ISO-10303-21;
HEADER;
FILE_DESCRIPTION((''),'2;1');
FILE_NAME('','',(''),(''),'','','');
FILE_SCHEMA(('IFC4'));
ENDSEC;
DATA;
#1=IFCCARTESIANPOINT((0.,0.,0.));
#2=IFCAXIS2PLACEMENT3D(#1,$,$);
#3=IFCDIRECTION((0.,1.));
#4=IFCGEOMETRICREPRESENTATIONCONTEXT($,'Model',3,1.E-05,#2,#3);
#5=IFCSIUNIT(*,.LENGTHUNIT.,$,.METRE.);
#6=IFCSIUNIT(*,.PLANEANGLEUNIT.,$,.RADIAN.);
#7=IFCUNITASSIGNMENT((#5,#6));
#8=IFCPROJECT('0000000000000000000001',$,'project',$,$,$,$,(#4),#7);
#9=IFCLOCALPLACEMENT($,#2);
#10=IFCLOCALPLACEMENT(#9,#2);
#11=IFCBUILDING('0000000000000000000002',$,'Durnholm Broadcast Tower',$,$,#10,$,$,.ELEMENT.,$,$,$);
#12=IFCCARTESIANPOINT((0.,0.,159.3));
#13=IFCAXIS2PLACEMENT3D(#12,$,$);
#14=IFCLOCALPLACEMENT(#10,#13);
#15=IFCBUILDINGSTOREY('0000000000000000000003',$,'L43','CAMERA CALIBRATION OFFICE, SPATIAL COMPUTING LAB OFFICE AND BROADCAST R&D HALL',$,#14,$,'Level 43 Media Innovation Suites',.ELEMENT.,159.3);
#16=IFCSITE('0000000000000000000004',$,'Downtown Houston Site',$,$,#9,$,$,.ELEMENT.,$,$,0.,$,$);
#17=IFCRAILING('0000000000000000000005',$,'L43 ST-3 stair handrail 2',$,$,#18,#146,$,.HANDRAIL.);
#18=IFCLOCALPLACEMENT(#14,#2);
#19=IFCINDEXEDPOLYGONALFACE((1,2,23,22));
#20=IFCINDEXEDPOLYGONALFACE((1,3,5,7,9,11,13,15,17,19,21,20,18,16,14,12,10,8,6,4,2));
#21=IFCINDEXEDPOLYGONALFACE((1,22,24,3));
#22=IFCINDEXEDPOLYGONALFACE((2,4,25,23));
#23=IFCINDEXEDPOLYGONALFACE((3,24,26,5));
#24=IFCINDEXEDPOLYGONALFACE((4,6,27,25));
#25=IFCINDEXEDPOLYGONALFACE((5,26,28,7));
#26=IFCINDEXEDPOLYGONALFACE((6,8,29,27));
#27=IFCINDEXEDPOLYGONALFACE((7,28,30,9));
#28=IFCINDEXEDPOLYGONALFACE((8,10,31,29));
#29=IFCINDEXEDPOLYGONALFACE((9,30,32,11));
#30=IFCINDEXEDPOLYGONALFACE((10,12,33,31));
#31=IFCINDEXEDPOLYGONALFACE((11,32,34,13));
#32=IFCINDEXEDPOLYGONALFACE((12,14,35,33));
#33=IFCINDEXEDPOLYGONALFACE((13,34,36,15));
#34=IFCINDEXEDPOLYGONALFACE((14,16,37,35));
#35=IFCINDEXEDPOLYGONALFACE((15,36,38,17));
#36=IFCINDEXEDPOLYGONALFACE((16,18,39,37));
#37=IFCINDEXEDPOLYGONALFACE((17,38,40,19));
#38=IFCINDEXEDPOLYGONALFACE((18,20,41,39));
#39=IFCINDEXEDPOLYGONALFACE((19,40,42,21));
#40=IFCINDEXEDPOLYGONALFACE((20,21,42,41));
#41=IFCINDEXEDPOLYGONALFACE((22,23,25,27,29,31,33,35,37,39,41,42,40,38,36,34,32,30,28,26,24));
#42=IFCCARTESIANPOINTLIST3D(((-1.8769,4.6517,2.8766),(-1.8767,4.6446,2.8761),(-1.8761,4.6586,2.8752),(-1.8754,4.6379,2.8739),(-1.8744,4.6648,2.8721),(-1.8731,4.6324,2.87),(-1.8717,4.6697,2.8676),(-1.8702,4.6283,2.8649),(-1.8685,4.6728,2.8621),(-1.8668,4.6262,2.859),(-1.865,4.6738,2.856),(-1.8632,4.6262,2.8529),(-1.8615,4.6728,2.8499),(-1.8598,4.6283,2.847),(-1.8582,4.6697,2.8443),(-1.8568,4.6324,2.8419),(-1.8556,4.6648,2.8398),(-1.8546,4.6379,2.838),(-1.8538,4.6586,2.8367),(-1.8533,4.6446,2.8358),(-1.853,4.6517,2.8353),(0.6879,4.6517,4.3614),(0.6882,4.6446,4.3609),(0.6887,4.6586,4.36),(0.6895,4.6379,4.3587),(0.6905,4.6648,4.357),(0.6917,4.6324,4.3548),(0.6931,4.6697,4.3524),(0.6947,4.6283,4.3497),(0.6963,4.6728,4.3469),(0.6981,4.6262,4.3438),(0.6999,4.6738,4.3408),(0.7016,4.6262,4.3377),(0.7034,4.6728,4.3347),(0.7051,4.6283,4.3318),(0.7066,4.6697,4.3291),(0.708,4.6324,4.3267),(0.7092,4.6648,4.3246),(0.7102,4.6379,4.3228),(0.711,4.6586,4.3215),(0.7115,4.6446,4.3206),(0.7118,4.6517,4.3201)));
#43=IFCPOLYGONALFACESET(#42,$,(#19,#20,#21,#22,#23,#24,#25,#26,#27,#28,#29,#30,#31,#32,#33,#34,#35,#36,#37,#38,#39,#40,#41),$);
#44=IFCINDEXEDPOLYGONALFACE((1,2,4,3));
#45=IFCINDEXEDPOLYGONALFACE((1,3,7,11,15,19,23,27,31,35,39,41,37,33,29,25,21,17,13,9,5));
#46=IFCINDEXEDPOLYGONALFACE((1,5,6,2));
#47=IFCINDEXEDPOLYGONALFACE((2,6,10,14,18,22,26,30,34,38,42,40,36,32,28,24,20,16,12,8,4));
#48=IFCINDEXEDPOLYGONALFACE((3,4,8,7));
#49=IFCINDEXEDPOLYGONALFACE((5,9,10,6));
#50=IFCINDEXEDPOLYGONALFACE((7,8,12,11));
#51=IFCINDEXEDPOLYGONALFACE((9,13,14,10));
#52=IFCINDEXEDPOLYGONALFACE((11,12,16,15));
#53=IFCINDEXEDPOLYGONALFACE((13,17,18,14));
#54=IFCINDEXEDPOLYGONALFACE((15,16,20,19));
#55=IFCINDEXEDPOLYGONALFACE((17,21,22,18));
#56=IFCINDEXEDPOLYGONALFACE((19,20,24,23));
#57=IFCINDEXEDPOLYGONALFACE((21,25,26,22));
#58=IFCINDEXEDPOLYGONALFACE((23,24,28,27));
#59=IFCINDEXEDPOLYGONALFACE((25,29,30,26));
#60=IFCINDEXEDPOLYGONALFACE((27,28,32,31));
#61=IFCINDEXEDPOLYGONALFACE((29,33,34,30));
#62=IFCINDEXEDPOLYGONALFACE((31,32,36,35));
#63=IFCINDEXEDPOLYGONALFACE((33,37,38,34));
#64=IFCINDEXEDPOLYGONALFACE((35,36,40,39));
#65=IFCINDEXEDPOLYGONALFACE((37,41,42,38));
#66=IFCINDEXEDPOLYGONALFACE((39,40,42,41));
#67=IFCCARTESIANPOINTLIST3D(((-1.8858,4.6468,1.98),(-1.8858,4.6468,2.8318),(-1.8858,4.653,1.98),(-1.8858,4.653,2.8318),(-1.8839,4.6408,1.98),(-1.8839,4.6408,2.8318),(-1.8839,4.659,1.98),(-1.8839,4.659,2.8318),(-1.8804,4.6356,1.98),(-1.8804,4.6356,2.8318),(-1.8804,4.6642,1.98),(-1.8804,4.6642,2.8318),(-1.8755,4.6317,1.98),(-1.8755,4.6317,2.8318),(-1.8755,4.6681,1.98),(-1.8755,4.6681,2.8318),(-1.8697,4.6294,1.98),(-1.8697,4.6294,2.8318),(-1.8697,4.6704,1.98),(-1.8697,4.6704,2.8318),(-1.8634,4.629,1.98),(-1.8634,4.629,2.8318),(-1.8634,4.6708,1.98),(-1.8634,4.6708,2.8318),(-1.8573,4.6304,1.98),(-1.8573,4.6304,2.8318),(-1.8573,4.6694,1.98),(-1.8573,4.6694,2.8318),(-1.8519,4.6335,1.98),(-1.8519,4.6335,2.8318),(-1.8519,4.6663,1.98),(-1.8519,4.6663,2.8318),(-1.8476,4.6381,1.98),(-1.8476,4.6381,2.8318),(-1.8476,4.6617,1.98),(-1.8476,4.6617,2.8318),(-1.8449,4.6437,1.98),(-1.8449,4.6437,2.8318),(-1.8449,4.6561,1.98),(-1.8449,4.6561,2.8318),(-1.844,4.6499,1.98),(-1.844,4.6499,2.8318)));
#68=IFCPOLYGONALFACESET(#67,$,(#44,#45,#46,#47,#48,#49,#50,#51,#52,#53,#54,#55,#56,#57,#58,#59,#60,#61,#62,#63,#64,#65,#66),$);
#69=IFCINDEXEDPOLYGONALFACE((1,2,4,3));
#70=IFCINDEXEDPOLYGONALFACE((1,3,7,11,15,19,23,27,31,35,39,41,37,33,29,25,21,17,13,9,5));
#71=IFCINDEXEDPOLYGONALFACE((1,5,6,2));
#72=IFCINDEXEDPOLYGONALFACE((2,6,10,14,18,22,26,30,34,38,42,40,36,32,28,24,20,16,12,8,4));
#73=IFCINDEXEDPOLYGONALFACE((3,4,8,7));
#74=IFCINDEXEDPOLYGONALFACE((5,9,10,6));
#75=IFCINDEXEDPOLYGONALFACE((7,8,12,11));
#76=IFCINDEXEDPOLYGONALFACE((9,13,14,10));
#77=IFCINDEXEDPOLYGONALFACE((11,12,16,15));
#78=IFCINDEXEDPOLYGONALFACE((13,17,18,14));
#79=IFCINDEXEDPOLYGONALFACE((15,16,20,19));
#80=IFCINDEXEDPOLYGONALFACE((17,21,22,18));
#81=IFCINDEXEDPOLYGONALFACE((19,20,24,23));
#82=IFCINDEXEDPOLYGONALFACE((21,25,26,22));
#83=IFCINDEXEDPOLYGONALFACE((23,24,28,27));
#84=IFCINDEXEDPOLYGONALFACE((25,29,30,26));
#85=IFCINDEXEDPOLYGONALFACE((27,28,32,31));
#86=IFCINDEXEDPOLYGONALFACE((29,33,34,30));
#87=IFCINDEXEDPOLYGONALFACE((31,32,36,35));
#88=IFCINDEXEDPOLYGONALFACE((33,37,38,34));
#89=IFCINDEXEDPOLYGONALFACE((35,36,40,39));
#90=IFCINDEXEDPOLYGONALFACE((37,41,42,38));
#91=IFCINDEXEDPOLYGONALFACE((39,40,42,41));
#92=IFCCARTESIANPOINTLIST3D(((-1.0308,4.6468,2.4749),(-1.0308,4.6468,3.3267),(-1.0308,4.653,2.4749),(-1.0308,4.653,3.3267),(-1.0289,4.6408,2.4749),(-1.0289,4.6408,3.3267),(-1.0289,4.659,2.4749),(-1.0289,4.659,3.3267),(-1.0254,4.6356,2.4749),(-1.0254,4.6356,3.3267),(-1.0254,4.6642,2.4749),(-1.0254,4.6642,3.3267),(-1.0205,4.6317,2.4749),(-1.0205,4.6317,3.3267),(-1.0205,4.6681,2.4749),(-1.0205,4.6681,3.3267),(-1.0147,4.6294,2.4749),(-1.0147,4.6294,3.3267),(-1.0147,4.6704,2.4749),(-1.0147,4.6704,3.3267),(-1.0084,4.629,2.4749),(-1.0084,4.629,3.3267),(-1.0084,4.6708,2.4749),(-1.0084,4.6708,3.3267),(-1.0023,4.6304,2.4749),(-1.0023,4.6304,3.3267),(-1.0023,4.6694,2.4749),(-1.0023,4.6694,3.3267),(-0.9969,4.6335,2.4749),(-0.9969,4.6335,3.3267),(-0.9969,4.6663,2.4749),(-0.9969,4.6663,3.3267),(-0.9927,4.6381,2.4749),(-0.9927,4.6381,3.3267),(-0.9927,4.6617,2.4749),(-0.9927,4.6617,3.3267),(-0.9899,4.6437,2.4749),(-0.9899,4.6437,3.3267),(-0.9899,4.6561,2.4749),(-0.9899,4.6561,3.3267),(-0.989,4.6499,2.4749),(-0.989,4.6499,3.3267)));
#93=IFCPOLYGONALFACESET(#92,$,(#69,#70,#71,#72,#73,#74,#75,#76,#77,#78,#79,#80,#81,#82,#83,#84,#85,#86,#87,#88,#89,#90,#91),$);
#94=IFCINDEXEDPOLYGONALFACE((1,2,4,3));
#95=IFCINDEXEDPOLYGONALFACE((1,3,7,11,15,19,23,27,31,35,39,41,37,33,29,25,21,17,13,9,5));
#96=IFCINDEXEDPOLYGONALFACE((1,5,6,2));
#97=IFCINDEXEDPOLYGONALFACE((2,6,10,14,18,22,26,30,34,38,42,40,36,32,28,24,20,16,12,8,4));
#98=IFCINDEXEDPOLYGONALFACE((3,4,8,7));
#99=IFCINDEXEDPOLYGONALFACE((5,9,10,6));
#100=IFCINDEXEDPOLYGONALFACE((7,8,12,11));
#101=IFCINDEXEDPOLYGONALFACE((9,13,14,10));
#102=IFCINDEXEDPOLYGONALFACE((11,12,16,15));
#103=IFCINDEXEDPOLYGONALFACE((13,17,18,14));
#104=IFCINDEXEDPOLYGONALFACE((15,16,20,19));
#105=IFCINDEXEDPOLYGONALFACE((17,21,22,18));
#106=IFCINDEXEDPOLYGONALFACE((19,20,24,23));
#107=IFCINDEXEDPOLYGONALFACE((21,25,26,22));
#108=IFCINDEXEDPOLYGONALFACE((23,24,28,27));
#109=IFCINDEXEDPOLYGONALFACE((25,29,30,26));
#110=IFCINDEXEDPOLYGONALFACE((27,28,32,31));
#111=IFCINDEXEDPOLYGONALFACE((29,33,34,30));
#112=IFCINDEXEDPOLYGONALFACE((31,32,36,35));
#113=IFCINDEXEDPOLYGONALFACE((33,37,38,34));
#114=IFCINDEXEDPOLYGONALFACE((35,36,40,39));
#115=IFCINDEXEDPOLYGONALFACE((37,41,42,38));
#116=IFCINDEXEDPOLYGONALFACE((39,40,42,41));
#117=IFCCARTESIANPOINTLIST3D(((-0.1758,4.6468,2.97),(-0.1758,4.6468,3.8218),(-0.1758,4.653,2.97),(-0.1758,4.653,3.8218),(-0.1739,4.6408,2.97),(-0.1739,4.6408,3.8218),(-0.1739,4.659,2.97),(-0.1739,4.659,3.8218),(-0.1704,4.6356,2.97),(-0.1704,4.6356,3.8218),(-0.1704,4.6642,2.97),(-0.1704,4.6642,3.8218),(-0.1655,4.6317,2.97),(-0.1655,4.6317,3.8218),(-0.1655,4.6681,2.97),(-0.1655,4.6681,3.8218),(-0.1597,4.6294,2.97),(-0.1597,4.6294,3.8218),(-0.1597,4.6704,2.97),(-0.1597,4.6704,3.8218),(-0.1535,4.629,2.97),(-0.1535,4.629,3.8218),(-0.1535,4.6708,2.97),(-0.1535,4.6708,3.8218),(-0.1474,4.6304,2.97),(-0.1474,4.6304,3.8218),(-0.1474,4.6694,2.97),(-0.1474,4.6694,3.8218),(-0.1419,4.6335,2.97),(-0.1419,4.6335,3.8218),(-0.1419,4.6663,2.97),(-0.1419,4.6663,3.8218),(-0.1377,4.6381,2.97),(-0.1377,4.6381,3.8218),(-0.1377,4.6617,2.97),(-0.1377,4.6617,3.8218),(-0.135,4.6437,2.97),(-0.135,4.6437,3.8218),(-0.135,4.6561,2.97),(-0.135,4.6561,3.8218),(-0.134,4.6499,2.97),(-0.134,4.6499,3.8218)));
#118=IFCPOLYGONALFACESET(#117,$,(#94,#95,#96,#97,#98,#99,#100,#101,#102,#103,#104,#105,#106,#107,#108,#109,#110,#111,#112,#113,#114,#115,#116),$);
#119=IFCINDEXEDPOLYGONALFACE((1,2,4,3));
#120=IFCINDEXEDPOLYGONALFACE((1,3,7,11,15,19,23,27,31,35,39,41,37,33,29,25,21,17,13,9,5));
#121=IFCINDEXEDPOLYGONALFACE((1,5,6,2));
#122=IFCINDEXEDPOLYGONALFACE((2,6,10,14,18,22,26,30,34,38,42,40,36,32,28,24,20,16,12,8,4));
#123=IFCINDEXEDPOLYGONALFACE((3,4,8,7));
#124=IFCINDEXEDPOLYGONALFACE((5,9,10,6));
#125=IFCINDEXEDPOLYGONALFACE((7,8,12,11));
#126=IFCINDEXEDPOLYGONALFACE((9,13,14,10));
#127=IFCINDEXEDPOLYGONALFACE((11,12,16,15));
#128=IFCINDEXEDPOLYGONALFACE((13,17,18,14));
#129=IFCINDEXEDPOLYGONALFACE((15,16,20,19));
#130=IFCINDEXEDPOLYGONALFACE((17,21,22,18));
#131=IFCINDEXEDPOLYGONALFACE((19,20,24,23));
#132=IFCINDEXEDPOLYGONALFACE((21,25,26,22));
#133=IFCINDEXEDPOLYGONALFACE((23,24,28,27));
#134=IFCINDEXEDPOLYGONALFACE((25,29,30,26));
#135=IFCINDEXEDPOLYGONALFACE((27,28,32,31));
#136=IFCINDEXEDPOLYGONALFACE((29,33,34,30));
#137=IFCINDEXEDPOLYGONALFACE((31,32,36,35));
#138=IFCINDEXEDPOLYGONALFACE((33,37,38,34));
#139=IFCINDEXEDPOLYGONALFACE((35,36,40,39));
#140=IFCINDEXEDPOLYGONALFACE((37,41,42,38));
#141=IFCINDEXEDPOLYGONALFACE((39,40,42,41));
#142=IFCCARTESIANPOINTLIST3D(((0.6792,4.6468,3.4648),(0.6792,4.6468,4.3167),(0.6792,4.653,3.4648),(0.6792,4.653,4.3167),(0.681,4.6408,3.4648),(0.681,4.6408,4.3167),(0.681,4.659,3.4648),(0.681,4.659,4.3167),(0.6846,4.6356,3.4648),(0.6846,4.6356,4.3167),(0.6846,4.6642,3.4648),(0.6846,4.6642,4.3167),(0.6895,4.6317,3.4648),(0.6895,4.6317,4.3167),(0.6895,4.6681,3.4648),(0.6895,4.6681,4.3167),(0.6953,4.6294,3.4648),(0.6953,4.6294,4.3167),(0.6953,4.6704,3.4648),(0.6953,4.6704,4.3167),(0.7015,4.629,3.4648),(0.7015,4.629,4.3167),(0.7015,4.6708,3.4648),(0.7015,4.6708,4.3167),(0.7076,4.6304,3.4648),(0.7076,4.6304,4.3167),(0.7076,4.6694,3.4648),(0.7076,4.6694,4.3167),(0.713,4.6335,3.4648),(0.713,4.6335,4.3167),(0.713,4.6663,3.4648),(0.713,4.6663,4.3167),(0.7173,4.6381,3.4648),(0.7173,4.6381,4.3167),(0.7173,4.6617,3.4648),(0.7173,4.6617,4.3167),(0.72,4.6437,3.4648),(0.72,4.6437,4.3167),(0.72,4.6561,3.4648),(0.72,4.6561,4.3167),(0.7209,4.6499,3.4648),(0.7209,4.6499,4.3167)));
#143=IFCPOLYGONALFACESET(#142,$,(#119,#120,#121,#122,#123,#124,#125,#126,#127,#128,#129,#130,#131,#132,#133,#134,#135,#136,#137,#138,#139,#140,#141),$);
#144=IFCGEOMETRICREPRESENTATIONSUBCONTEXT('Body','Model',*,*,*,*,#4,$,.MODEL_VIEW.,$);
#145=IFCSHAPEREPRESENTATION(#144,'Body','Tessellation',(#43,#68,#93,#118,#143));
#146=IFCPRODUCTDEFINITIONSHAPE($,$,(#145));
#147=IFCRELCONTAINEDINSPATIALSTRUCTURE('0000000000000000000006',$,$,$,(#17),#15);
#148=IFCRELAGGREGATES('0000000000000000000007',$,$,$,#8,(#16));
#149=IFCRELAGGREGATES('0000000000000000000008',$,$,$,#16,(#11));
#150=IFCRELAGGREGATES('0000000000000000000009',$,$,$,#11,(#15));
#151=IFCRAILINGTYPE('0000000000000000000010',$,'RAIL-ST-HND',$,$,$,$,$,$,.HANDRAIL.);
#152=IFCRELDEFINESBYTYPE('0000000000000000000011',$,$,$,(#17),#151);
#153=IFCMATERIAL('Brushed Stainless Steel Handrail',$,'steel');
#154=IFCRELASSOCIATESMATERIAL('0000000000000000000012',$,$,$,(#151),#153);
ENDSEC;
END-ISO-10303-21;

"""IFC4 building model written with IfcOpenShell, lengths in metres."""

from ifc_helpers import new_model, si_unit, direction, frame, origin, origin_2d, place, context, subcontext, project, spatial, circle, extrude, material, type_object, element, save


model = new_model("IFC4")

# Units and contexts
model_context = context("Model", 3, precision=1e-05, world=origin(), true_north=direction((0.0, 1.0)))
body_context = subcontext(model_context, "Body", "Model", "MODEL_VIEW")
ifc_project = project(units=[si_unit("LENGTHUNIT", "METRE"), si_unit("PLANEANGLEUNIT", "RADIAN")], contexts=[model_context])

# Site, building, storey
site_placement = place(None, origin())
site = spatial("IfcSite", under=ifc_project, at=site_placement, Name="Downtown Houston Site", CompositionType="ELEMENT", RefElevation=0.0)
building_placement = place(site_placement, origin())
building = spatial("IfcBuilding", under=site, at=building_placement, Name="Durnholm Broadcast Tower", CompositionType="ELEMENT")
storey_placement = place(building_placement, frame((0.0, 0.0, 159.3)))
storey = spatial("IfcBuildingStorey", under=building, at=storey_placement, Name="L43", Description="CAMERA CALIBRATION OFFICE, SPATIAL COMPUTING LAB OFFICE AND BROADCAST R&D HALL", LongName="Level 43 Media Innovation Suites", CompositionType="ELEMENT", Elevation=159.3)

# Railing
ifc_material_1 = material(Name="Brushed Stainless Steel Handrail", Category="steel")
railing_type_1 = type_object("IfcRailingType", Name="RAIL-ST-HND", PredefinedType="HANDRAIL", material=ifc_material_1)
railing_1_placement = place(storey_placement, frame((-1.865, 4.6499, 1.98)))
element("IfcRailing", 1, at=railing_1_placement, inside=storey, type_object=railing_type_1, Name="L43 ST-3 stair handrail 2", PredefinedType="HANDRAIL", context=body_context, shape_type="SweptSolid", body=[
    extrude(circle(Radius=0.0239, at=origin_2d()), frame((0.0, 0.0, 0.876), z_axis=(0.865441, 0.0, 0.50101), x_axis=(0.0, 1.0, 0.0)), (0.0, 0.0, 1.0), 2.9636),
    extrude(circle(Radius=0.021, at=origin_2d()), origin(), (0.0, 0.0, 1.0), 0.8518),
    extrude(circle(Radius=0.021, at=origin_2d()), frame((0.855, 0.0, 0.4949)), (0.0, 0.0, 1.0), 0.8518),
    extrude(circle(Radius=0.021, at=origin_2d()), frame((1.71, 0.0, 0.99)), (0.0, 0.0, 1.0), 0.8518),
    extrude(circle(Radius=0.021, at=origin_2d()), frame((2.5649, 0.0, 1.4849)), (0.0, 0.0, 1.0), 0.8518),
])

save(model, "model.ifc")
